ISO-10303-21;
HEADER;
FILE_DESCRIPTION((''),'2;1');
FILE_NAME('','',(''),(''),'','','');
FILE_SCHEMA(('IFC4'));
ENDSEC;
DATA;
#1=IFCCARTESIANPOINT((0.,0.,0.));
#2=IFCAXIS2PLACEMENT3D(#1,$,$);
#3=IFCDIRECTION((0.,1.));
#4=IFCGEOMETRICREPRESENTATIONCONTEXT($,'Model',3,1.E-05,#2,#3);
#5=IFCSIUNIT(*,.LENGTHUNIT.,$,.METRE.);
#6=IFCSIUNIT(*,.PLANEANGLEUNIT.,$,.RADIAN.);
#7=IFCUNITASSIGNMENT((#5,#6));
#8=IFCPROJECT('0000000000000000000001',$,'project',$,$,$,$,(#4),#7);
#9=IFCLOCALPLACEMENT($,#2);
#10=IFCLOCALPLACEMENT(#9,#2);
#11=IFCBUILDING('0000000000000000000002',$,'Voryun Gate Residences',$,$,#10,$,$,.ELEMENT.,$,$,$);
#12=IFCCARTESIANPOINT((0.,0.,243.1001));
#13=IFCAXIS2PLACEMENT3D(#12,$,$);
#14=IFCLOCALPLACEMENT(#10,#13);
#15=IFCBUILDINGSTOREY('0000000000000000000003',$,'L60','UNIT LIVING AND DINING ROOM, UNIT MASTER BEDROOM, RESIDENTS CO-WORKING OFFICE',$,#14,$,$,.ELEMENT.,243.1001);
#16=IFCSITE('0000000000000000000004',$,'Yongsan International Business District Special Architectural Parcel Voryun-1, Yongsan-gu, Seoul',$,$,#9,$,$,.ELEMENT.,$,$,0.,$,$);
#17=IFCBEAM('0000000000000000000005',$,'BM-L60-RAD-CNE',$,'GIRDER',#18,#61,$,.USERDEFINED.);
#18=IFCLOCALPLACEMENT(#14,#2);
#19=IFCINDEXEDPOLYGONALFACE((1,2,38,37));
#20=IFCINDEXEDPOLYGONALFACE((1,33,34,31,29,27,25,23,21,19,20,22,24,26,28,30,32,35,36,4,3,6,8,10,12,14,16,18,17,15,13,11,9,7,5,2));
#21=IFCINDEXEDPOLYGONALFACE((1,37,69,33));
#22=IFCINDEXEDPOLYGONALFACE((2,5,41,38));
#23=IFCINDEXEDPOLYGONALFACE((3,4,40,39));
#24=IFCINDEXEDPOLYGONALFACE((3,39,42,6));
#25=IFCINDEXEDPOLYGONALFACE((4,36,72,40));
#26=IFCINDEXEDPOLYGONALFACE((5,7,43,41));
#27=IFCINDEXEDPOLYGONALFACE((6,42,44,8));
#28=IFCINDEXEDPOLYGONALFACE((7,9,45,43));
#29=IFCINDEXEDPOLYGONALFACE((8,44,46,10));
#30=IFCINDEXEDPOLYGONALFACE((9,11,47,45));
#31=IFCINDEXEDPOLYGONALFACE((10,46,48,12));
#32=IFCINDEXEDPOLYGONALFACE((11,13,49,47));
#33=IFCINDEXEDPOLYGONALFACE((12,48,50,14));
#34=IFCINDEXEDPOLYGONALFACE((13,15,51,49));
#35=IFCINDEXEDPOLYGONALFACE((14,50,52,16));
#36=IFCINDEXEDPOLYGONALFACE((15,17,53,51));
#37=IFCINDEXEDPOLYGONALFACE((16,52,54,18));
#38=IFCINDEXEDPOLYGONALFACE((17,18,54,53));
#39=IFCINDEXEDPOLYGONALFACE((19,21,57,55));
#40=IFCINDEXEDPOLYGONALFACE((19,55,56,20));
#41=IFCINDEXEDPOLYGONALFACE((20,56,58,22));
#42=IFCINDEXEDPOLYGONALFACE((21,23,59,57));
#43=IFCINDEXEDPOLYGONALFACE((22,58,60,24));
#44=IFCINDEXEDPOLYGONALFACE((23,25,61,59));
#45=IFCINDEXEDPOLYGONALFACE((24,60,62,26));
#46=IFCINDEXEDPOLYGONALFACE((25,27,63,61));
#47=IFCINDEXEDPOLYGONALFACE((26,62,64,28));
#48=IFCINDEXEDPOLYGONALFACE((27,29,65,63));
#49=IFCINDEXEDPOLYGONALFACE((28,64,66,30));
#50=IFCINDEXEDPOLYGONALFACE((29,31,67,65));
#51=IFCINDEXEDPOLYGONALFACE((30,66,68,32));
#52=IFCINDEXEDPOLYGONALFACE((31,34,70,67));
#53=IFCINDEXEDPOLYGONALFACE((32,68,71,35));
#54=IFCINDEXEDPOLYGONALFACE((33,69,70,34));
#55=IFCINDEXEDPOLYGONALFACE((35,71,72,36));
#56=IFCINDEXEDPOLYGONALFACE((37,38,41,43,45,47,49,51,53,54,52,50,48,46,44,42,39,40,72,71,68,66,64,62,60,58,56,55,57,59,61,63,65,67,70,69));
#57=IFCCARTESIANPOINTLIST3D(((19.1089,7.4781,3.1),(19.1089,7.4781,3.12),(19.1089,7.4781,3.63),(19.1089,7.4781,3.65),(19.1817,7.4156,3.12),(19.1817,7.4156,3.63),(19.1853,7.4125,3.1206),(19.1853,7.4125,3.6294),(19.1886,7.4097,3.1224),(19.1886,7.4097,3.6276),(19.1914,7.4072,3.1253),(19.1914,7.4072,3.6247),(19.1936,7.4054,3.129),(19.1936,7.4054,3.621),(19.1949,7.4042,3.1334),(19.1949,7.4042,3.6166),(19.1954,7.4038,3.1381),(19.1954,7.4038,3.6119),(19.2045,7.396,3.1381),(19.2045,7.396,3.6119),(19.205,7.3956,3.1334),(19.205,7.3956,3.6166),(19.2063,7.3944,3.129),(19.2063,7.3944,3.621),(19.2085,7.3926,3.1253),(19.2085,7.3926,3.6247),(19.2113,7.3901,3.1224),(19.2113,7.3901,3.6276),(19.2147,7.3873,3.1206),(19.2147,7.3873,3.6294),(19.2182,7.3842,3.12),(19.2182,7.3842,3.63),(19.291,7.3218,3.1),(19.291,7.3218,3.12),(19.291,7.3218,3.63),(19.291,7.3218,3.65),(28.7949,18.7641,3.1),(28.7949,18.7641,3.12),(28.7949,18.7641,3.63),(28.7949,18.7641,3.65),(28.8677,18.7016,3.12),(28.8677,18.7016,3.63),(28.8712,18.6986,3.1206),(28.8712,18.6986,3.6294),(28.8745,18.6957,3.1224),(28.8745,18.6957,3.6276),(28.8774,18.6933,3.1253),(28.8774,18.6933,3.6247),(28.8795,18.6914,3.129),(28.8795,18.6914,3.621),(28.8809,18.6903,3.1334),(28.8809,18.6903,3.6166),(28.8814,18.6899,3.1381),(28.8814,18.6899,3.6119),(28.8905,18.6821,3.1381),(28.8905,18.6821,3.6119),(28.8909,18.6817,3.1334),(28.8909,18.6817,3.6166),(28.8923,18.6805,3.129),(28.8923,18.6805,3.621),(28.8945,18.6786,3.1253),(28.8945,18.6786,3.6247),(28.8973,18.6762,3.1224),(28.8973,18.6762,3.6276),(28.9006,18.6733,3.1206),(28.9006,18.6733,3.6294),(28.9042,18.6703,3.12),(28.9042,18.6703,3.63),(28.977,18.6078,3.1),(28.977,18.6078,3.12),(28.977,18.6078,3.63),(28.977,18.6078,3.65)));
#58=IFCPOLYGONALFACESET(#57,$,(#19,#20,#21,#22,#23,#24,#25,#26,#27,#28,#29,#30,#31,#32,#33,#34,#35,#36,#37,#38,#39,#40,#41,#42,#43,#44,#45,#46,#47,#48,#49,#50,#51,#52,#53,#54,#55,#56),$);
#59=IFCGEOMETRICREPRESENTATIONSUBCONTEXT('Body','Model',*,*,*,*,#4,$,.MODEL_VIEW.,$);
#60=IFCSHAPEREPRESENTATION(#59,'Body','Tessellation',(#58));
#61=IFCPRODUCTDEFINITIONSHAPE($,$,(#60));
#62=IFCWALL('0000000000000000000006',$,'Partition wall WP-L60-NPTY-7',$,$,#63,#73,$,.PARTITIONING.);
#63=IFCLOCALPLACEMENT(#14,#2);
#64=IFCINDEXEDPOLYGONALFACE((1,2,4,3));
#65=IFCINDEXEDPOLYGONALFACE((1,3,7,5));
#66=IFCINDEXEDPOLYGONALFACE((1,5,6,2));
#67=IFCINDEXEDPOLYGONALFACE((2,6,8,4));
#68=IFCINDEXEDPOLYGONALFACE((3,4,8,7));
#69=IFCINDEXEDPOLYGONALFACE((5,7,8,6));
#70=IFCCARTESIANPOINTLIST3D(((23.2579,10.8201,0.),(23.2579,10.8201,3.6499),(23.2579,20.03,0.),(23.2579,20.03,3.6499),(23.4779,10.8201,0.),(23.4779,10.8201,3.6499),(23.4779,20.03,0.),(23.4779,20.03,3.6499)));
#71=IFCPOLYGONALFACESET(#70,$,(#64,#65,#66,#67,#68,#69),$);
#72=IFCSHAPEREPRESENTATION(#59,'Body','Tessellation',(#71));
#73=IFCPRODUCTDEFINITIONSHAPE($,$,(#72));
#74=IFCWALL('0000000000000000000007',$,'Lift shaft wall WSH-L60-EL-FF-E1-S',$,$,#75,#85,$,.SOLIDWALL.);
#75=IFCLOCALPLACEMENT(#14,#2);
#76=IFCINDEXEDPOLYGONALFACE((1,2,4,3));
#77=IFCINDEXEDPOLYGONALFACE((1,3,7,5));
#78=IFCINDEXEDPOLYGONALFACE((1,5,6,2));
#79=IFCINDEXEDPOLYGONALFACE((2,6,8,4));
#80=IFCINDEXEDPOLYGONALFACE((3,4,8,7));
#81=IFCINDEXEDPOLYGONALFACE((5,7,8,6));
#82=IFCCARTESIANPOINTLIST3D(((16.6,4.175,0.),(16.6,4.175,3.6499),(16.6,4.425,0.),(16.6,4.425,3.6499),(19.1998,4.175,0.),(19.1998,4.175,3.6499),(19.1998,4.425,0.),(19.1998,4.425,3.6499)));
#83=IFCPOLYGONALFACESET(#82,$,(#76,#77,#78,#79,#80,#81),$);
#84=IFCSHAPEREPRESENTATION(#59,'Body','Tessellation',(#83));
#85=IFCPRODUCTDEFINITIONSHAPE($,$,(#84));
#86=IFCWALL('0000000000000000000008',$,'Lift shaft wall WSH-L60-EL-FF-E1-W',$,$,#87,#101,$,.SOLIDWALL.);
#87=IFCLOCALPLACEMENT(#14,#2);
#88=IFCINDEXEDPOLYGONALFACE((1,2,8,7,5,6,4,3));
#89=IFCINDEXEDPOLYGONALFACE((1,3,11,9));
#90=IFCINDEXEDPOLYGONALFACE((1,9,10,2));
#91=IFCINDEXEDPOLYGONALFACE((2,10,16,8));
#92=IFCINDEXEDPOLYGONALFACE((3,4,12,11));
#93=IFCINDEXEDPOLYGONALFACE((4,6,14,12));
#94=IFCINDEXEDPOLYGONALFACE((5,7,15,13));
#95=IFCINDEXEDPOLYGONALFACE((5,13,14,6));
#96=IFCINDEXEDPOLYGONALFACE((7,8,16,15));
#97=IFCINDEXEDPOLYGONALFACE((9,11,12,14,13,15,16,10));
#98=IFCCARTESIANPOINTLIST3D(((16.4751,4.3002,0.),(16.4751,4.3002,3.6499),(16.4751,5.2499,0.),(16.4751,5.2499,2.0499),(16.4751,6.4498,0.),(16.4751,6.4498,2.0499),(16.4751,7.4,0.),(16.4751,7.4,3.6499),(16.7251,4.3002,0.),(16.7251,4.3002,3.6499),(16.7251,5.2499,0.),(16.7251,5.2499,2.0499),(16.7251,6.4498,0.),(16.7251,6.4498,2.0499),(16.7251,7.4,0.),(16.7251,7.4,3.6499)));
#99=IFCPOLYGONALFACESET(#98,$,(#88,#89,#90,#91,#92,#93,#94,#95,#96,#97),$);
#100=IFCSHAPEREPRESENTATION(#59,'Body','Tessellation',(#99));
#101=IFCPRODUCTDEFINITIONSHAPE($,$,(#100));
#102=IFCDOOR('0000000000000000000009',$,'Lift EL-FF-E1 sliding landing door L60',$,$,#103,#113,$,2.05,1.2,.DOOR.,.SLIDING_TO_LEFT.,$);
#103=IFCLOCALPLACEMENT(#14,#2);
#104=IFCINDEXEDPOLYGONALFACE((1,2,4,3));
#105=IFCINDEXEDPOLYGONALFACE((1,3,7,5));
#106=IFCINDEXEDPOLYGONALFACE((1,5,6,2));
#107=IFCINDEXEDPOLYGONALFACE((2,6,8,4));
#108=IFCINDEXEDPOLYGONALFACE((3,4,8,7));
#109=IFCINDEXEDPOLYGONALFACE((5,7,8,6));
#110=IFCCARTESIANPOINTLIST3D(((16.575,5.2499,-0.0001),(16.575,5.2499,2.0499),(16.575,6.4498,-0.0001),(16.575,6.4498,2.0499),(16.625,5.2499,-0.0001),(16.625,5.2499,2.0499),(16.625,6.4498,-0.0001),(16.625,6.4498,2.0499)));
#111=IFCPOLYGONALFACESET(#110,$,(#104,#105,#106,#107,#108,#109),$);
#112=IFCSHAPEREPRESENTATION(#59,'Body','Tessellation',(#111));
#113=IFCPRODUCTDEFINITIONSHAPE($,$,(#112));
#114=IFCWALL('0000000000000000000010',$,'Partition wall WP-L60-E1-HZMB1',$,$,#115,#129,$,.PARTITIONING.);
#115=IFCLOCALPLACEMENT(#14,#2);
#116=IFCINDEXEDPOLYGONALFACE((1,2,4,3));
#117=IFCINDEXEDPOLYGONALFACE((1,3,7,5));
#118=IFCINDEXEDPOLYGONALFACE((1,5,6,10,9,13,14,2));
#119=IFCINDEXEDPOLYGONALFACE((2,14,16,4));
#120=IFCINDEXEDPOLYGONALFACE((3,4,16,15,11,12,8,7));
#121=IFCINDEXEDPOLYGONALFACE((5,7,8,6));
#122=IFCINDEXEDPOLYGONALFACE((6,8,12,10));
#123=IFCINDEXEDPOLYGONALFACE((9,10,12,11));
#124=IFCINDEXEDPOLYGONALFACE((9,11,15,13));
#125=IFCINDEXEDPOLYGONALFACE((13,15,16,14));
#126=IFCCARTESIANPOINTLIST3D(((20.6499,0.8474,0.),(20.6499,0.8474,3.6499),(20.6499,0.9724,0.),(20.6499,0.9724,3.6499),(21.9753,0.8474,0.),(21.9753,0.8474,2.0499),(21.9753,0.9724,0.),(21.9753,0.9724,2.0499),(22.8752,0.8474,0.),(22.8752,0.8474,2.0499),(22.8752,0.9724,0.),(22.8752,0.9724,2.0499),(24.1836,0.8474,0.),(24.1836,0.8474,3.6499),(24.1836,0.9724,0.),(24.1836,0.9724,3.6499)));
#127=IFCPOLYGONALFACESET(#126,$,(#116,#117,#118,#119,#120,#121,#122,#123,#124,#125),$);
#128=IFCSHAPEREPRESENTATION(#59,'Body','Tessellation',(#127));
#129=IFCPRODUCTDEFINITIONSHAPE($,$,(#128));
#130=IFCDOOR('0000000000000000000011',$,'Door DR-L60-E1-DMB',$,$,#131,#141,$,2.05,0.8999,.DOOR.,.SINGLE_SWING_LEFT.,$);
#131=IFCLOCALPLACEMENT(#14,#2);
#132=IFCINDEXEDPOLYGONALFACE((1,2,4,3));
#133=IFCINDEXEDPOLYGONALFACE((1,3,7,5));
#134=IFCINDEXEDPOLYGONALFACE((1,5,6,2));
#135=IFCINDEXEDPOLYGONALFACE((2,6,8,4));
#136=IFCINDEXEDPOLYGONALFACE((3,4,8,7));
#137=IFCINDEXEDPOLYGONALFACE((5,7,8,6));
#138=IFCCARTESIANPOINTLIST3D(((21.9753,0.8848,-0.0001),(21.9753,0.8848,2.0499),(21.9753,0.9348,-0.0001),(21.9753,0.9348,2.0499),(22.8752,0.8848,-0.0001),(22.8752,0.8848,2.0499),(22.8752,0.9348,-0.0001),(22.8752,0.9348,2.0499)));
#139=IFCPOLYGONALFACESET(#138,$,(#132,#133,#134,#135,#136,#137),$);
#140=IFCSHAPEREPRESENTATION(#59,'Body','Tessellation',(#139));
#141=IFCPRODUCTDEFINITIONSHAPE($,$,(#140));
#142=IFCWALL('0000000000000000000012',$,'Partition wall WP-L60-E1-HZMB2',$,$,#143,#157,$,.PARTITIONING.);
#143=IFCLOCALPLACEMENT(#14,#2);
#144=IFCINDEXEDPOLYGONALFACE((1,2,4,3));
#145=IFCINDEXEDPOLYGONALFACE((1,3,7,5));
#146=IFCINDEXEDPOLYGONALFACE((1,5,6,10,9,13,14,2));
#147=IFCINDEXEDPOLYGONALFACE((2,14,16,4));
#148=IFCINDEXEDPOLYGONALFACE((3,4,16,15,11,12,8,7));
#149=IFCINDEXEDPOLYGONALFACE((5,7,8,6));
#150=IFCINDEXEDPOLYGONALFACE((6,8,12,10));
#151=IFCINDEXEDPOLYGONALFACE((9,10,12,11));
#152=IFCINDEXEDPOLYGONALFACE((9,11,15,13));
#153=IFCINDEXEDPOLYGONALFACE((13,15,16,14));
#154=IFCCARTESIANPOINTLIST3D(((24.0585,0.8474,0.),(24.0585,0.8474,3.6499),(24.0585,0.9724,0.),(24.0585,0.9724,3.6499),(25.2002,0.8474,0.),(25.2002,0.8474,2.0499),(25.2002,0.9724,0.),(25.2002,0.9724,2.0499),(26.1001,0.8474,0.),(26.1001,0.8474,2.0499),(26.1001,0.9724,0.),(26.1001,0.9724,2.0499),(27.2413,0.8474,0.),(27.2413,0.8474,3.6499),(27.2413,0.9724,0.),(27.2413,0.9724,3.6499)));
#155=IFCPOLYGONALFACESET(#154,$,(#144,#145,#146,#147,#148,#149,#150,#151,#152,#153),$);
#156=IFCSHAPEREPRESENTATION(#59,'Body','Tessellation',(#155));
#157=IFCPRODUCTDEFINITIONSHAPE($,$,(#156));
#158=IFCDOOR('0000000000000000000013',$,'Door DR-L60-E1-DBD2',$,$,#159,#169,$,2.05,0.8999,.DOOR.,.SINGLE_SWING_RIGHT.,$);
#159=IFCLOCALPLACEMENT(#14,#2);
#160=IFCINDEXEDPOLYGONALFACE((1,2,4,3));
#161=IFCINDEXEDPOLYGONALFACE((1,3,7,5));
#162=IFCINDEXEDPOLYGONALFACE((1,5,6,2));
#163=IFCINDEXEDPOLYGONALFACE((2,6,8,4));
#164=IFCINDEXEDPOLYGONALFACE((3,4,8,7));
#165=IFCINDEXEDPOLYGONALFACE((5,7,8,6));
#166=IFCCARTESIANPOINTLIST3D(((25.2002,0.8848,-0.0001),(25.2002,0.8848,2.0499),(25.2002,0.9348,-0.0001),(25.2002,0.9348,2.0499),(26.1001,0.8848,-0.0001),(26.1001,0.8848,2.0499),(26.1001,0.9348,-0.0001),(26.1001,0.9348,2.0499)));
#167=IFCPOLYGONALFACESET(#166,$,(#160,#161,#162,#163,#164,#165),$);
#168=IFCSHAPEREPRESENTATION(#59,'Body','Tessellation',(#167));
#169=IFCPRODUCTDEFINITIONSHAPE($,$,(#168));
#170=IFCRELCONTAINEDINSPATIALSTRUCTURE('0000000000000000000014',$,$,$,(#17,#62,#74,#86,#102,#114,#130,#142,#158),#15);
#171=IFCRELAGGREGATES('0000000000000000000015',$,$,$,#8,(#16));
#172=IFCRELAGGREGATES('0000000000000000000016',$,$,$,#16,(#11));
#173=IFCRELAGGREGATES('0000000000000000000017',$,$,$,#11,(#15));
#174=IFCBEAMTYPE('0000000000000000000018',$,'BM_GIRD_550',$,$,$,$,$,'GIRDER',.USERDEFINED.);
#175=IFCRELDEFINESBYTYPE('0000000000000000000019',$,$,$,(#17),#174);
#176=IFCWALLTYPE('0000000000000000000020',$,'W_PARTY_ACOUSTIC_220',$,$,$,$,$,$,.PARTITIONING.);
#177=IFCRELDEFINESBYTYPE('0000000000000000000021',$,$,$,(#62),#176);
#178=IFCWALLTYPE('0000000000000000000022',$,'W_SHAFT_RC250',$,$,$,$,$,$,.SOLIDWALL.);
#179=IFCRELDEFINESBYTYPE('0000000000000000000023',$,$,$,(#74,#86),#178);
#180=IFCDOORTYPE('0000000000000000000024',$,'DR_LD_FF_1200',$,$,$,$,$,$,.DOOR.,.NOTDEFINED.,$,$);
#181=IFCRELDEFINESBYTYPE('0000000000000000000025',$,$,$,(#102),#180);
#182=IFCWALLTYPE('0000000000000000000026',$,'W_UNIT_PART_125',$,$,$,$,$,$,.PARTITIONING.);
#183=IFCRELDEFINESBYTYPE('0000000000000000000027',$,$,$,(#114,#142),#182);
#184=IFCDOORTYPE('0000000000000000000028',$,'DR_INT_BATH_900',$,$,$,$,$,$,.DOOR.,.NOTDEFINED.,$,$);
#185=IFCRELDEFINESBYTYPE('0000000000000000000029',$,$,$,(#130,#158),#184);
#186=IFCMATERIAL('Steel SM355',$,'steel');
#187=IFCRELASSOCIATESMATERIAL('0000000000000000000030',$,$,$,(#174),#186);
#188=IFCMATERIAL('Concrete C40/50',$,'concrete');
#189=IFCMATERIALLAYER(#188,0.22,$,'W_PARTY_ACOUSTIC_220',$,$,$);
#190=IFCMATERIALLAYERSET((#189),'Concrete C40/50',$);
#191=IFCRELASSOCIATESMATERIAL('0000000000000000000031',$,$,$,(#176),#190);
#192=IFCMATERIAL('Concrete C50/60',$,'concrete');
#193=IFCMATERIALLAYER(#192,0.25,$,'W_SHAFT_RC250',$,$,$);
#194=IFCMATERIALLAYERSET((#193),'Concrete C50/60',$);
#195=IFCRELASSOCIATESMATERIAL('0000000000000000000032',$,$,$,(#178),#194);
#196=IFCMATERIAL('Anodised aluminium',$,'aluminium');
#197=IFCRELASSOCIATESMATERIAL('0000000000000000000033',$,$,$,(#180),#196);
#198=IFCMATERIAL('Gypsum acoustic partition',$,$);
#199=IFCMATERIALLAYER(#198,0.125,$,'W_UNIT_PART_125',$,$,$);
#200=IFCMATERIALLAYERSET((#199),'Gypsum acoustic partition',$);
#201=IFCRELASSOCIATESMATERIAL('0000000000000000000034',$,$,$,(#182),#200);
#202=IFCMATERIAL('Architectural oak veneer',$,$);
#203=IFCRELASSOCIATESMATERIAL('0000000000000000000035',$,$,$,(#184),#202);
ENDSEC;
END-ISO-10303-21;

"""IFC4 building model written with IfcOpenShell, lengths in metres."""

from ifc_helpers import new_model, si_unit, direction, frame, frame_2d, origin, origin_2d, place, context, subcontext, project, spatial, rectangle, i_section, extrude, material, layer, layer_set, material_profile, profile_set, type_object, element, fill, save


model = new_model("IFC4")

# Units and contexts
model_context = context("Model", 3, precision=1e-05, world=origin(), true_north=direction((0.0, 1.0)))
body_context = subcontext(model_context, "Body", "Model", "MODEL_VIEW")
ifc_project = project(units=[si_unit("LENGTHUNIT", "METRE"), si_unit("PLANEANGLEUNIT", "RADIAN")], contexts=[model_context])

# Site, building, storey
site_placement = place(None, origin())
site = spatial("IfcSite", under=ifc_project, at=site_placement, Name="Yongsan International Business District Special Architectural Parcel Voryun-1, Yongsan-gu, Seoul", CompositionType="ELEMENT", RefElevation=0.0)
building_placement = place(site_placement, origin())
building = spatial("IfcBuilding", under=site, at=building_placement, Name="Voryun Gate Residences", CompositionType="ELEMENT")
storey_placement = place(building_placement, frame((0.0, 0.0, 243.1001)))
storey = spatial("IfcBuildingStorey", under=building, at=storey_placement, Name="L60", Description="UNIT LIVING AND DINING ROOM, UNIT MASTER BEDROOM, RESIDENTS CO-WORKING OFFICE", CompositionType="ELEMENT", Elevation=243.1001)

# Beam
ifc_material_1 = material(Name="Steel SM355", Category="steel")
ifc_material_profile_1 = material_profile(ifc_material_1, i_section(OverallWidth=0.24, OverallDepth=0.55, WebThickness=0.012, FlangeThickness=0.02, FilletRadius=0.0181, at=origin_2d()), Name="H-550x240x12x20")
ifc_profile_set_1 = profile_set([ifc_material_profile_1], Name="Steel SM355")
beam_type_1 = type_object("IfcBeamType", Name="BM_GIRD_550", ElementType="GIRDER", PredefinedType="USERDEFINED", material=ifc_profile_set_1)
beam_1_placement = place(storey_placement, frame((19.2, 7.3999, 3.375), z_axis=(0.651264, 0.758851, 0.0), x_axis=(-0.758851, 0.651264, 0.0)))
element("IfcBeam", 1, at=beam_1_placement, inside=storey, type_object=beam_type_1, Name="BM-L60-RAD-CNE", ObjectType="GIRDER", PredefinedType="USERDEFINED", context=body_context, shape_type="SweptSolid", body=[
    extrude(i_section(OverallWidth=0.24, OverallDepth=0.55, WebThickness=0.012, FlangeThickness=0.02, FilletRadius=0.0181, at=origin_2d()), origin(), (0.0, 0.0, 1.0), 14.8726),
])

# Walls
ifc_material_2 = material(Name="Concrete C40/50", Category="concrete")
ifc_layer_1 = layer(ifc_material_2, 0.22, Name="W_PARTY_ACOUSTIC_220")
ifc_layer_set_1 = layer_set([ifc_layer_1], Name="Concrete C40/50")
wall_type_1 = type_object("IfcWallType", Name="W_PARTY_ACOUSTIC_220", PredefinedType="PARTITIONING", material=ifc_layer_set_1)
wall_1_placement = place(storey_placement, frame((23.3679, 10.8201, 0.0), z_axis=(0.0, 0.0, 1.0), x_axis=(0.0, 1.0, 0.0)))
element("IfcWall", 2, at=wall_1_placement, inside=storey, type_object=wall_type_1, Name="Partition wall WP-L60-NPTY-7", PredefinedType="PARTITIONING", context=body_context, shape_type="SweptSolid", body=[
    extrude(rectangle(XDim=9.21, YDim=0.22, at=frame_2d((4.605, 0.0))), origin(), (0.0, 0.0, 1.0), 3.6499),
])
ifc_material_3 = material(Name="Concrete C50/60", Category="concrete")
ifc_layer_2 = layer(ifc_material_3, 0.25, Name="W_SHAFT_RC250")
ifc_layer_set_2 = layer_set([ifc_layer_2], Name="Concrete C50/60")
wall_type_2 = type_object("IfcWallType", Name="W_SHAFT_RC250", PredefinedType="SOLIDWALL", material=ifc_layer_set_2)
wall_2_placement = place(storey_placement, frame((16.6001, 4.3, 0.0), z_axis=(0.0, 0.0, 1.0), x_axis=(1.0, 0.0, 0.0)))
element("IfcWall", 3, at=wall_2_placement, inside=storey, type_object=wall_type_2, Name="Lift shaft wall WSH-L60-EL-FF-E1-S", PredefinedType="SOLIDWALL", context=body_context, shape_type="SweptSolid", body=[
    extrude(rectangle(XDim=2.5999, YDim=0.25, at=frame_2d((1.2998, 0.0))), origin(), (0.0, 0.0, 1.0), 3.6499),
])

# Walls, openings, doors
wall_3_placement = place(storey_placement, frame((16.6001, 7.3999, 0.0), z_axis=(0.0, 0.0, 1.0), x_axis=(0.0, -1.0, 0.0)))
wall_3 = element("IfcWall", 4, at=wall_3_placement, inside=storey, type_object=wall_type_2, Name="Lift shaft wall WSH-L60-EL-FF-E1-W", PredefinedType="SOLIDWALL", context=body_context, shape_type="SweptSolid", body=[
    extrude(rectangle(XDim=3.0999, YDim=0.25, at=frame_2d((1.5498, 0.0))), origin(), (0.0, 0.0, 1.0), 3.6499),
])
opening_1_placement = place(wall_3_placement, frame((0.95, 0.0, 0.0)))
opening_1 = element("IfcOpeningElement", 5, at=opening_1_placement, cuts=wall_3, PredefinedType="OPENING", context=body_context, shape_type="SweptSolid", body=[
    extrude(rectangle(XDim=1.2, YDim=2.05, at=frame_2d((0.6001, 1.0249))), frame((0.0, 0.135, 0.0), z_axis=(0.0, -1.0, 0.0), x_axis=(1.0, 0.0, 0.0)), (0.0, 0.0, 1.0), 0.27),
])
ifc_material_4 = material(Name="Anodised aluminium", Category="aluminium")
door_type_1 = type_object("IfcDoorType", Name="DR_LD_FF_1200", OperationType="NOTDEFINED", PredefinedType="DOOR", material=ifc_material_4)
door_1_placement = place(opening_1_placement, origin())
door_1 = element("IfcDoor", 6, at=door_1_placement, inside=storey, type_object=door_type_1, Name="Lift EL-FF-E1 sliding landing door L60", OperationType="SLIDING_TO_LEFT", OverallHeight=2.05, OverallWidth=1.2, PredefinedType="DOOR", context=body_context, shape_type="SweptSolid", body=[
    extrude(rectangle(XDim=1.2, YDim=2.05, at=frame_2d((0.6001, 1.0249))), frame((0.0, 0.0249, 0.0), z_axis=(0.0, -1.0, 0.0), x_axis=(1.0, 0.0, 0.0)), (0.0, 0.0, 1.0), 0.05),
])
fill(opening_1, door_1)
ifc_material_5 = material(Name="Gypsum acoustic partition")
ifc_layer_3 = layer(ifc_material_5, 0.125, Name="W_UNIT_PART_125")
ifc_layer_set_3 = layer_set([ifc_layer_3], Name="Gypsum acoustic partition")
wall_type_3 = type_object("IfcWallType", Name="W_UNIT_PART_125", PredefinedType="PARTITIONING", material=ifc_layer_set_3)
wall_4_placement = place(storey_placement, frame((20.6499, 0.9099, 0.0), z_axis=(0.0, 0.0, 1.0), x_axis=(1.0, 0.0, 0.0)))
wall_4 = element("IfcWall", 7, at=wall_4_placement, inside=storey, type_object=wall_type_3, Name="Partition wall WP-L60-E1-HZMB1", PredefinedType="PARTITIONING", context=body_context, shape_type="SweptSolid", body=[
    extrude(rectangle(XDim=3.5337, YDim=0.125, at=frame_2d((1.7668, 0.0))), origin(), (0.0, 0.0, 1.0), 3.6499),
])
opening_2_placement = place(wall_4_placement, frame((1.3254, 0.0, 0.0)))
opening_2 = element("IfcOpeningElement", 8, at=opening_2_placement, cuts=wall_4, PredefinedType="OPENING", context=body_context, shape_type="SweptSolid", body=[
    extrude(rectangle(XDim=0.8999, YDim=2.05, at=frame_2d((0.45, 1.0249))), frame((0.0, 0.0725, 0.0), z_axis=(0.0, -1.0, 0.0), x_axis=(1.0, 0.0, 0.0)), (0.0, 0.0, 1.0), 0.145),
])
ifc_material_6 = material(Name="Architectural oak veneer")
door_type_2 = type_object("IfcDoorType", Name="DR_INT_BATH_900", OperationType="NOTDEFINED", PredefinedType="DOOR", material=ifc_material_6)
door_2_placement = place(opening_2_placement, origin())
door_2 = element("IfcDoor", 9, at=door_2_placement, inside=storey, type_object=door_type_2, Name="Door DR-L60-E1-DMB", OperationType="SINGLE_SWING_LEFT", OverallHeight=2.05, OverallWidth=0.8999, PredefinedType="DOOR", context=body_context, shape_type="SweptSolid", body=[
    extrude(rectangle(XDim=0.8999, YDim=2.05, at=frame_2d((0.45, 1.0249))), frame((0.0, 0.0249, 0.0), z_axis=(0.0, -1.0, 0.0), x_axis=(1.0, 0.0, 0.0)), (0.0, 0.0, 1.0), 0.05),
])
fill(opening_2, door_2)
wall_5_placement = place(storey_placement, frame((24.0586, 0.9099, 0.0), z_axis=(0.0, 0.0, 1.0), x_axis=(1.0, 0.0, 0.0)))
wall_5 = element("IfcWall", 10, at=wall_5_placement, inside=storey, type_object=wall_type_3, Name="Partition wall WP-L60-E1-HZMB2", PredefinedType="PARTITIONING", context=body_context, shape_type="SweptSolid", body=[
    extrude(rectangle(XDim=3.1829, YDim=0.125, at=frame_2d((1.5913, 0.0))), origin(), (0.0, 0.0, 1.0), 3.6499),
])
opening_3_placement = place(wall_5_placement, frame((1.1416, 0.0, 0.0)))
opening_3 = element("IfcOpeningElement", 11, at=opening_3_placement, cuts=wall_5, PredefinedType="OPENING", context=body_context, shape_type="SweptSolid", body=[
    extrude(rectangle(XDim=0.8999, YDim=2.05, at=frame_2d((0.45, 1.0249))), frame((0.0, 0.0725, 0.0), z_axis=(0.0, -1.0, 0.0), x_axis=(1.0, 0.0, 0.0)), (0.0, 0.0, 1.0), 0.145),
])
door_3_placement = place(opening_3_placement, origin())
door_3 = element("IfcDoor", 12, at=door_3_placement, inside=storey, type_object=door_type_2, Name="Door DR-L60-E1-DBD2", OperationType="SINGLE_SWING_RIGHT", OverallHeight=2.05, OverallWidth=0.8999, PredefinedType="DOOR", context=body_context, shape_type="SweptSolid", body=[
    extrude(rectangle(XDim=0.8999, YDim=2.05, at=frame_2d((0.45, 1.0249))), frame((0.0, 0.0249, 0.0), z_axis=(0.0, -1.0, 0.0), x_axis=(1.0, 0.0, 0.0)), (0.0, 0.0, 1.0), 0.05),
])
fill(opening_3, door_3)

save(model, "model.ifc")
